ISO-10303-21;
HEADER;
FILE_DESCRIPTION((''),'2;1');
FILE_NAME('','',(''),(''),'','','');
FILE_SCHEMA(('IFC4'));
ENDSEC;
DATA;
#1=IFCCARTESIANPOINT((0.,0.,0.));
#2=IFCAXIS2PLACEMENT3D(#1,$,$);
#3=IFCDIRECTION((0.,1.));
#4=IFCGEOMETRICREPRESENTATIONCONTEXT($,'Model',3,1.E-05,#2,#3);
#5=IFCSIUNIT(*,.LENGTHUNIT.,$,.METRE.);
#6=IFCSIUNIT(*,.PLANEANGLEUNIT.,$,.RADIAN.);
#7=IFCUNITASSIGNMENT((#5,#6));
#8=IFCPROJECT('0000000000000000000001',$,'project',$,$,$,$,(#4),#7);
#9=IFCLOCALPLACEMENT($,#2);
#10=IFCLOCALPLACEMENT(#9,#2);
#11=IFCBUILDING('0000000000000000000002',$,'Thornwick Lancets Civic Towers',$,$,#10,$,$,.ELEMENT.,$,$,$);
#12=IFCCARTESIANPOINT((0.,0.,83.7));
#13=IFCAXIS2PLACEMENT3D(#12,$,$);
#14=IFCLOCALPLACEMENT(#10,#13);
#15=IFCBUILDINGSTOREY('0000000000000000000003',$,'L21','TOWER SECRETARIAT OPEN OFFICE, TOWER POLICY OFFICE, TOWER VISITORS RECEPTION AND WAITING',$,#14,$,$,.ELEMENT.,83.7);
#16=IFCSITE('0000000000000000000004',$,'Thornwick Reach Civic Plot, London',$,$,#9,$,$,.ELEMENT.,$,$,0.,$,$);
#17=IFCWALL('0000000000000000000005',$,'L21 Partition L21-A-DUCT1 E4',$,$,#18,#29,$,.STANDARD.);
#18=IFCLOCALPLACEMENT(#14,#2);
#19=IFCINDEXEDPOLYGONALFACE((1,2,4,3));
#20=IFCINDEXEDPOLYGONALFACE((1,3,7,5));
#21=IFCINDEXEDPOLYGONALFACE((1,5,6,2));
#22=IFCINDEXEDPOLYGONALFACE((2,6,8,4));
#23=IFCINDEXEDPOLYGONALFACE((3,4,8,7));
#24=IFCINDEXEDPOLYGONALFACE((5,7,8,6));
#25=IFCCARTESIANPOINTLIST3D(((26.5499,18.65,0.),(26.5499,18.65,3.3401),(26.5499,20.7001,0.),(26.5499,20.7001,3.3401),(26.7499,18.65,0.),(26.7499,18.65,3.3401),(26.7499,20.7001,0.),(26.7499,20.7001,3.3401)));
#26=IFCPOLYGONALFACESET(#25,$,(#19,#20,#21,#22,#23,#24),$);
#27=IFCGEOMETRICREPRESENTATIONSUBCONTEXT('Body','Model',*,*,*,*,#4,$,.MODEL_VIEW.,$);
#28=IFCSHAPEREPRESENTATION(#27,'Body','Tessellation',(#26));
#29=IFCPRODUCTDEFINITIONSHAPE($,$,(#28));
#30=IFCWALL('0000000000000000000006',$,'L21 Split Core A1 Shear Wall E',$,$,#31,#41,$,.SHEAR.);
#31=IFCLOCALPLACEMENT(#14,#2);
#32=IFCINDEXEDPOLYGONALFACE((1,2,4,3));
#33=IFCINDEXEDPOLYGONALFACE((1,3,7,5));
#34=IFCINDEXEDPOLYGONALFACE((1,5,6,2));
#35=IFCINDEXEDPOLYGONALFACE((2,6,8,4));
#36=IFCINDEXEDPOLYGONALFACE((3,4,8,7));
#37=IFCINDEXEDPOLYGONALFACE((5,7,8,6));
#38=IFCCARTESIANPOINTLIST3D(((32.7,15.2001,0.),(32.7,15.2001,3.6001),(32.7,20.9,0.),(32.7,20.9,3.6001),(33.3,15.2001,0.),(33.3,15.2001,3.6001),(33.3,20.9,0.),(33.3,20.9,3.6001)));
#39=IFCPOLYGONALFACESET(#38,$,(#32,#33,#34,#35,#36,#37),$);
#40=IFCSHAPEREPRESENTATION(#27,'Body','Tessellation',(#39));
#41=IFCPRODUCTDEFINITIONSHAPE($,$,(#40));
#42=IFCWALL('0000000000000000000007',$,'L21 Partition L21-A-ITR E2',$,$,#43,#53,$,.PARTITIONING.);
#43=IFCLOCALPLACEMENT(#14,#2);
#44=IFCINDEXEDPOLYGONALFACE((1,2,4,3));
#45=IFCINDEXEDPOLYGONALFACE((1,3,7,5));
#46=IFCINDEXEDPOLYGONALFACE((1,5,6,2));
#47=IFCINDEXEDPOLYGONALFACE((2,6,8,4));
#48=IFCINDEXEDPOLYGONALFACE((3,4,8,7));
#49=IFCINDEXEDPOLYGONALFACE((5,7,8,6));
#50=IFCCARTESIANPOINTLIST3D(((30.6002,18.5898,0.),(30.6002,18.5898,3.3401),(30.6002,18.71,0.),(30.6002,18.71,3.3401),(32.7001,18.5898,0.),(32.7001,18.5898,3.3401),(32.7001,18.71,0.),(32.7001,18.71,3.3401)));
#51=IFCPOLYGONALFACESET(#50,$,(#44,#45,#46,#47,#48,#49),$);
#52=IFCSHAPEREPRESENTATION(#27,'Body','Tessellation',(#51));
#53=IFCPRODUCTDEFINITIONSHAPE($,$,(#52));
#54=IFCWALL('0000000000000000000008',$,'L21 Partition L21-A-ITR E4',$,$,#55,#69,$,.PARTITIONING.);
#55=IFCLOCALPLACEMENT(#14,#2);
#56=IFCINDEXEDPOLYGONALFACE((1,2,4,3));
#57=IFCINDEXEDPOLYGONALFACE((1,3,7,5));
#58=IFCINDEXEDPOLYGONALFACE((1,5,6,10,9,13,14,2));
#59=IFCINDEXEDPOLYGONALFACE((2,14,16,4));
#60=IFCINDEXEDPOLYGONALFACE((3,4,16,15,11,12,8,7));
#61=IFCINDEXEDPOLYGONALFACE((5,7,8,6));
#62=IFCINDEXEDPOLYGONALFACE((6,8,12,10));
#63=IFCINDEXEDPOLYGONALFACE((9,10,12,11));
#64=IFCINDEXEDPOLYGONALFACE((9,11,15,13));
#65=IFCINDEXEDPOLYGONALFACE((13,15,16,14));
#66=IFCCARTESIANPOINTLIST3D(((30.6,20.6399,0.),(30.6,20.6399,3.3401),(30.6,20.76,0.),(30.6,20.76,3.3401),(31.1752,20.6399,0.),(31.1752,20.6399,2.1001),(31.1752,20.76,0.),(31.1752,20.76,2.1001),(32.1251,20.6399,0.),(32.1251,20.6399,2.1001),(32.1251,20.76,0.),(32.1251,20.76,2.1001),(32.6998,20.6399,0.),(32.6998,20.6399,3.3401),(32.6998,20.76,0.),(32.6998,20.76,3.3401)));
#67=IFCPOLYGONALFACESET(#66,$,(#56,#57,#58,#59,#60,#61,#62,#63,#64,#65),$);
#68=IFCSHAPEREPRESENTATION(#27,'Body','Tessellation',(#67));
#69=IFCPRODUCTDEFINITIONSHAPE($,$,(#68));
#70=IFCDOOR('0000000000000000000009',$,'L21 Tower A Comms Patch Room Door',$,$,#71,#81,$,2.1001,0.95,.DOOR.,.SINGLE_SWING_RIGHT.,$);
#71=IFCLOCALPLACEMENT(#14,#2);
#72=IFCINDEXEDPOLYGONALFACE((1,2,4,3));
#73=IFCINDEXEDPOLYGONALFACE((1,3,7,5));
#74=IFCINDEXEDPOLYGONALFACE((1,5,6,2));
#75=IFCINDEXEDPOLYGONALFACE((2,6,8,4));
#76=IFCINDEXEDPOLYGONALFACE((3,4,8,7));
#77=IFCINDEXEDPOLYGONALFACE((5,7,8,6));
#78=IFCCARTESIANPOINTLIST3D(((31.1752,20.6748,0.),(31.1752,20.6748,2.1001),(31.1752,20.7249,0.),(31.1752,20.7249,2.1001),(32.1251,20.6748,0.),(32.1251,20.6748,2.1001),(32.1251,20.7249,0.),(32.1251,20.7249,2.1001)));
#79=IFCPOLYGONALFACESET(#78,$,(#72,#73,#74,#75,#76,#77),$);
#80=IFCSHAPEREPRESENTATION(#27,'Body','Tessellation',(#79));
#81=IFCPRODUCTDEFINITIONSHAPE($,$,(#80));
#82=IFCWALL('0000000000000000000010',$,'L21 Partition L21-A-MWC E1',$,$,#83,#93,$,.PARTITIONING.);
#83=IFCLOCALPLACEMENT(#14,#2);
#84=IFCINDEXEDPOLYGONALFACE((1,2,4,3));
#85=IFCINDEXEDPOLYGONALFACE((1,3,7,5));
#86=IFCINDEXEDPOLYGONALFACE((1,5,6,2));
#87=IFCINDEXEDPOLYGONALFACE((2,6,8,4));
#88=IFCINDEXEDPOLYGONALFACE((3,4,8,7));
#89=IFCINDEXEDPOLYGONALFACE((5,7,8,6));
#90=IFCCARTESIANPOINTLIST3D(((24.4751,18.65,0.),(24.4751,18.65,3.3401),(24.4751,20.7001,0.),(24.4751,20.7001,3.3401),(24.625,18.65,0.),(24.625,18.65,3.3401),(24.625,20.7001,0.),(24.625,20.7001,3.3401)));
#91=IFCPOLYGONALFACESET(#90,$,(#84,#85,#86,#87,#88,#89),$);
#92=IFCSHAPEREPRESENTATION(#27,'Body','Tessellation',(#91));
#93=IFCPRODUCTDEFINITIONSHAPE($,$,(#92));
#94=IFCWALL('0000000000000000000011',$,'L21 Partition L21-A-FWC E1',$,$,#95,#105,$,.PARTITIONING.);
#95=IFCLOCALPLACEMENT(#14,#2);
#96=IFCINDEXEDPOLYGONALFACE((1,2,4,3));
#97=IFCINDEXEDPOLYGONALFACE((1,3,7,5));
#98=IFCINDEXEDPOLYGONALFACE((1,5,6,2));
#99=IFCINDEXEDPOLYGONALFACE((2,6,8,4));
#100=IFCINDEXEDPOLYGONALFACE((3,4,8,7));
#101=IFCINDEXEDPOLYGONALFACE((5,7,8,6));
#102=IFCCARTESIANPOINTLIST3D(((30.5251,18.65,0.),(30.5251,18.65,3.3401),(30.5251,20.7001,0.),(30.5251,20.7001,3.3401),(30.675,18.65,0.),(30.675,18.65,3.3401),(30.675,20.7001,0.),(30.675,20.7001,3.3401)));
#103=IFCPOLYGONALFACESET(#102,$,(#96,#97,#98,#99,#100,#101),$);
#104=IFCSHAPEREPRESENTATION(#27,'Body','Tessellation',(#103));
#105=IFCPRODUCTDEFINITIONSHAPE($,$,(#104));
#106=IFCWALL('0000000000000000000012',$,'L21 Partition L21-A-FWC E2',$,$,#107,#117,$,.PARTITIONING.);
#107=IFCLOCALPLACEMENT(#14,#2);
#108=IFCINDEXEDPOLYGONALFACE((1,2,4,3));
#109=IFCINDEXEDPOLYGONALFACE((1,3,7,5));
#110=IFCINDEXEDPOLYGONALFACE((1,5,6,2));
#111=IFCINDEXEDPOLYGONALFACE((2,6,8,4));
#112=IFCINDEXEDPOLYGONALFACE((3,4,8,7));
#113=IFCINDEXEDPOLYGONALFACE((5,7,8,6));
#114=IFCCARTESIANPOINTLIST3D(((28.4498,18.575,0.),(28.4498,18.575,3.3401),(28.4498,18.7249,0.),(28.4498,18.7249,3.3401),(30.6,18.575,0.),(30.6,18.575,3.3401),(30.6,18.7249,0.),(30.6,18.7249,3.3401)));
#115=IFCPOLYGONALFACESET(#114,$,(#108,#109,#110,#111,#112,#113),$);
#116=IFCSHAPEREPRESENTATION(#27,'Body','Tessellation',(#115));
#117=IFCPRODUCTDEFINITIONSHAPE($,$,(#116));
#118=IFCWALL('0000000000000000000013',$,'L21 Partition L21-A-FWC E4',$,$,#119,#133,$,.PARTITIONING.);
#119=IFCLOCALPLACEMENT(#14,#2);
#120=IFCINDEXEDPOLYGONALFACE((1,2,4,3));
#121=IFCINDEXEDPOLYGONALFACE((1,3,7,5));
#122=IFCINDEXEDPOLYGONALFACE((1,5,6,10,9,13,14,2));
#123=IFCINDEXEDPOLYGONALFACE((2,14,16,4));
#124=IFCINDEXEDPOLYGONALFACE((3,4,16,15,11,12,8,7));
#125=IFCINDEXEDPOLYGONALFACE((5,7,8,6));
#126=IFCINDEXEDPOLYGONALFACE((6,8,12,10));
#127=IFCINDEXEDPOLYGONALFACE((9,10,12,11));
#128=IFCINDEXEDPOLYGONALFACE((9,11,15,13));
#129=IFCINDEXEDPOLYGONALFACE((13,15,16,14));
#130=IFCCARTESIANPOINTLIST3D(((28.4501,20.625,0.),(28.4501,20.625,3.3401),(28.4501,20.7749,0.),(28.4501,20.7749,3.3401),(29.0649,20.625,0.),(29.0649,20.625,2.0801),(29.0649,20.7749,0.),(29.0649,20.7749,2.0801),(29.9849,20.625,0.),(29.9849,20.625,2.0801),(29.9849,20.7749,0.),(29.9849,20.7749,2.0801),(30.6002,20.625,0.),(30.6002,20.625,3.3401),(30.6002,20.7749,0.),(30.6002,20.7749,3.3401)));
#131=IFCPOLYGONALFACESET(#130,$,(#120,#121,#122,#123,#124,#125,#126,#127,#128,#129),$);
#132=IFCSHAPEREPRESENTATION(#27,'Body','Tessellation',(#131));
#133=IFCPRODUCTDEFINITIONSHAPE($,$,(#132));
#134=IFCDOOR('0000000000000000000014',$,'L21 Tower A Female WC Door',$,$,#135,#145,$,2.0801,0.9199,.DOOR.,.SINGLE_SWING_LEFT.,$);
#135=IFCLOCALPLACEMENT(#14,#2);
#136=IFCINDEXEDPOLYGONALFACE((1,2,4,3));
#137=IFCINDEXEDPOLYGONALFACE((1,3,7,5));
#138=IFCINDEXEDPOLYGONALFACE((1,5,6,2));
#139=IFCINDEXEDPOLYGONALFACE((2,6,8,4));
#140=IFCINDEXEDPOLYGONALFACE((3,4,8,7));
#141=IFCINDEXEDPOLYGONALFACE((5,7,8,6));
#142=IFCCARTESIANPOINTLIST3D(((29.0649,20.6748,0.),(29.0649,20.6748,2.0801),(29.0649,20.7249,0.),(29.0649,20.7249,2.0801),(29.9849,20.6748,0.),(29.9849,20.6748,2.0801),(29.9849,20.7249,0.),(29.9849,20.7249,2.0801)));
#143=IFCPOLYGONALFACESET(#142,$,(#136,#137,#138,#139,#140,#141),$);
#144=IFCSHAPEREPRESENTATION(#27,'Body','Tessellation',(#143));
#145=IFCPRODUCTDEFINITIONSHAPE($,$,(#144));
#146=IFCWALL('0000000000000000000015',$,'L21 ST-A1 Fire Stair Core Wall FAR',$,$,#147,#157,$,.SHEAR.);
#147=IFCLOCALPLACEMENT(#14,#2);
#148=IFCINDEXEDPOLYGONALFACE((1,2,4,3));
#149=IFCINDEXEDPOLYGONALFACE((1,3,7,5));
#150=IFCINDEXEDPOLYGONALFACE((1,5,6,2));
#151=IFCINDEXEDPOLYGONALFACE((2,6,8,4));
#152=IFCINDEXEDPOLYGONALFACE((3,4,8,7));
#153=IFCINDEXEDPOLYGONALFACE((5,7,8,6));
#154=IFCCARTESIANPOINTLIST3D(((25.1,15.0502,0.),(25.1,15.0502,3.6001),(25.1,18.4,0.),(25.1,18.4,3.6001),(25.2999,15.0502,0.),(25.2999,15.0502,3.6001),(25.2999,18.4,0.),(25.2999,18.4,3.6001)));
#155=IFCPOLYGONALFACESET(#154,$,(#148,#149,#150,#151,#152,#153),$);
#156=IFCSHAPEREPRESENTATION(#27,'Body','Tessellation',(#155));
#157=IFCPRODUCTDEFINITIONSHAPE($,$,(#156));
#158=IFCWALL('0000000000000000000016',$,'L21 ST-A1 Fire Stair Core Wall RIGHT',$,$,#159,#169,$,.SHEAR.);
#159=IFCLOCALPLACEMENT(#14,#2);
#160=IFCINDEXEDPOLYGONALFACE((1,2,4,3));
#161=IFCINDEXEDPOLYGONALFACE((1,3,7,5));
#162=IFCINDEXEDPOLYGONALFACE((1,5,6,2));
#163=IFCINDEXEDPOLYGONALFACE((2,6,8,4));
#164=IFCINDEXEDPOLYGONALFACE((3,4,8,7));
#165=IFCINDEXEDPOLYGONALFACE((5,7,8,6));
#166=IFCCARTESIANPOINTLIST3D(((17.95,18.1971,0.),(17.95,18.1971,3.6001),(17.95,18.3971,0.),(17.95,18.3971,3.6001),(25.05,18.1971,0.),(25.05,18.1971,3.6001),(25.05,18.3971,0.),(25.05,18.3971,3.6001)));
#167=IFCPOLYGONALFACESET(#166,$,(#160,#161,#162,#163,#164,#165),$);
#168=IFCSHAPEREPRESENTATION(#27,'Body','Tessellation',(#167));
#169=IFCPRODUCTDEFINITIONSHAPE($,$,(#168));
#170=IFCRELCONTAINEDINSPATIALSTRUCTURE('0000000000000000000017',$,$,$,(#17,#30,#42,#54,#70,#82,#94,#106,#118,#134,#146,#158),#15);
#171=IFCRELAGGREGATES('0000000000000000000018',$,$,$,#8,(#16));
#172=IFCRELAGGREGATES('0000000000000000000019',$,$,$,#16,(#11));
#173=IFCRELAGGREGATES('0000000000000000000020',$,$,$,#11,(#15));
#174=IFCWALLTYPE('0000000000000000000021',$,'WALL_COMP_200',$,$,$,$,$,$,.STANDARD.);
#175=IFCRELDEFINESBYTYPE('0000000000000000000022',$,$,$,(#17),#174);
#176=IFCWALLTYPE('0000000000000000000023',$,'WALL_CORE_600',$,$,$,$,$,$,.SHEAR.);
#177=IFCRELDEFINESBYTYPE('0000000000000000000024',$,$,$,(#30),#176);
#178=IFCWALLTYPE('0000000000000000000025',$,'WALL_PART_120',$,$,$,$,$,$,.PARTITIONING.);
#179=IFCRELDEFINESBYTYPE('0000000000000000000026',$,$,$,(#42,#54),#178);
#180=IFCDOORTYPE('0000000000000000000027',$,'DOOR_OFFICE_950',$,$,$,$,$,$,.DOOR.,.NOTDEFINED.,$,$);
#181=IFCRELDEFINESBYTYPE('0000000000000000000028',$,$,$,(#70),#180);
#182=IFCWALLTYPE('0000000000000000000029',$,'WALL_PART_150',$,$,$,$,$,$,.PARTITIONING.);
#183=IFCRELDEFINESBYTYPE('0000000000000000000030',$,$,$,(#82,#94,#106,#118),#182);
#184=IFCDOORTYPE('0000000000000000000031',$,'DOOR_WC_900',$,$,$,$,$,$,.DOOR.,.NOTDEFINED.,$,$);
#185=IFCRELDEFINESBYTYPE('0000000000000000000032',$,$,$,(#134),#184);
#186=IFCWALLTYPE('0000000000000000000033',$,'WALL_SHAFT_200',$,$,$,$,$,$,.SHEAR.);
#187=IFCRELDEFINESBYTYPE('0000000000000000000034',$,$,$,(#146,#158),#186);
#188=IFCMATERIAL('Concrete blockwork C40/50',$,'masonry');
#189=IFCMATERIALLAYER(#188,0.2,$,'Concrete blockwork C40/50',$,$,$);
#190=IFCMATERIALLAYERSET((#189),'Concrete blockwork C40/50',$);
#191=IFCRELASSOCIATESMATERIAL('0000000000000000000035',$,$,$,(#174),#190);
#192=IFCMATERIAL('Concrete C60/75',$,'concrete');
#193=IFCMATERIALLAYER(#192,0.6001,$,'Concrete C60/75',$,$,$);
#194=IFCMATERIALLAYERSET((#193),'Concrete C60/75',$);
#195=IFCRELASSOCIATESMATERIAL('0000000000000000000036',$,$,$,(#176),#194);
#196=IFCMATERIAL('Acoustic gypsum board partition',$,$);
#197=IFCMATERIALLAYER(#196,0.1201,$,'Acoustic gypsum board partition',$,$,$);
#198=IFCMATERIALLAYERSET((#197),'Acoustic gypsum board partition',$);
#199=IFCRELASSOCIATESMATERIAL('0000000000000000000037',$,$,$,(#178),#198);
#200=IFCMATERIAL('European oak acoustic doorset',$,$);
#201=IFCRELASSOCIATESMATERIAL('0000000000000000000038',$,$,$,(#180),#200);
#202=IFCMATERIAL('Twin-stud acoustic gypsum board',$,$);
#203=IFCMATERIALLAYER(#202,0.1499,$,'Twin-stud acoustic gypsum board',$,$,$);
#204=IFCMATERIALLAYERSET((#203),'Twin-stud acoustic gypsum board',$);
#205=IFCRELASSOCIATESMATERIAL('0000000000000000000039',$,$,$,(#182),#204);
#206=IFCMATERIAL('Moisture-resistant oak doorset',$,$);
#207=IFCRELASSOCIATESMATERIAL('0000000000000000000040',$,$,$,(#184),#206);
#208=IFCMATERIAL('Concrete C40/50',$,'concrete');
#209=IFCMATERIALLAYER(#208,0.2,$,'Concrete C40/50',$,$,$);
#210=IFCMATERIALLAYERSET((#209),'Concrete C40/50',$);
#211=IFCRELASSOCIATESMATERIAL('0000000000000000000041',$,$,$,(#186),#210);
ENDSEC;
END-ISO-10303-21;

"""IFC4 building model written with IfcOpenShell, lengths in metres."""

from ifc_helpers import new_model, si_unit, direction, frame, frame_2d, origin, place, context, subcontext, project, spatial, rectangle, extrude, material, layer, layer_set, type_object, element, fill, save


model = new_model("IFC4")

# Units and contexts
model_context = context("Model", 3, precision=1e-05, world=origin(), true_north=direction((0.0, 1.0)))
body_context = subcontext(model_context, "Body", "Model", "MODEL_VIEW")
ifc_project = project(units=[si_unit("LENGTHUNIT", "METRE"), si_unit("PLANEANGLEUNIT", "RADIAN")], contexts=[model_context])

# Site, building, storey
site_placement = place(None, origin())
site = spatial("IfcSite", under=ifc_project, at=site_placement, Name="Thornwick Reach Civic Plot, London", CompositionType="ELEMENT", RefElevation=0.0)
building_placement = place(site_placement, origin())
building = spatial("IfcBuilding", under=site, at=building_placement, Name="Thornwick Lancets Civic Towers", CompositionType="ELEMENT")
storey_placement = place(building_placement, frame((0.0, 0.0, 83.7)))
storey = spatial("IfcBuildingStorey", under=building, at=storey_placement, Name="L21", Description="TOWER SECRETARIAT OPEN OFFICE, TOWER POLICY OFFICE, TOWER VISITORS RECEPTION AND WAITING", CompositionType="ELEMENT", Elevation=83.7)

# Shared definitions
ifc_material_1 = material(Name="Concrete C60/75", Category="concrete")

# Shared definitions
ifc_material_2 = material(Name="Concrete blockwork C40/50", Category="masonry")
ifc_layer_1 = layer(ifc_material_2, 0.2, Name="Concrete blockwork C40/50")
ifc_layer_set_1 = layer_set([ifc_layer_1], Name="Concrete blockwork C40/50")
wall_type_1 = type_object("IfcWallType", Name="WALL_COMP_200", PredefinedType="STANDARD", material=ifc_layer_set_1)

# Walls
wall_1_placement = place(storey_placement, frame((26.6499, 20.7, 0.0), z_axis=(0.0, 0.0, 1.0), x_axis=(0.0, -1.0, 0.0)))
element("IfcWall", 1, at=wall_1_placement, inside=storey, type_object=wall_type_1, Name="L21 Partition L21-A-DUCT1 E4", PredefinedType="STANDARD", context=body_context, shape_type="SweptSolid", body=[
    extrude(rectangle(XDim=2.05, YDim=0.2, at=frame_2d((1.0249, 0.0))), origin(), (0.0, 0.0, 1.0), 3.3401),
])
ifc_layer_2 = layer(ifc_material_1, 0.6001, Name="Concrete C60/75")
ifc_layer_set_2 = layer_set([ifc_layer_2], Name="Concrete C60/75")
wall_type_2 = type_object("IfcWallType", Name="WALL_CORE_600", PredefinedType="SHEAR", material=ifc_layer_set_2)
wall_2_placement = place(storey_placement, frame((33.0, 15.2, 0.0), z_axis=(0.0, 0.0, 1.0), x_axis=(0.0, 1.0, 0.0)))
element("IfcWall", 2, at=wall_2_placement, inside=storey, type_object=wall_type_2, Name="L21 Split Core A1 Shear Wall E", PredefinedType="SHEAR", context=body_context, shape_type="SweptSolid", body=[
    extrude(rectangle(XDim=5.7, YDim=0.6001, at=frame_2d((2.8501, 0.0))), origin(), (0.0, 0.0, 1.0), 3.6001),
])
ifc_material_3 = material(Name="Acoustic gypsum board partition")
ifc_layer_3 = layer(ifc_material_3, 0.1201, Name="Acoustic gypsum board partition")
ifc_layer_set_3 = layer_set([ifc_layer_3], Name="Acoustic gypsum board partition")
wall_type_3 = type_object("IfcWallType", Name="WALL_PART_120", PredefinedType="PARTITIONING", material=ifc_layer_set_3)
wall_3_placement = place(storey_placement, frame((32.7, 18.6499, 0.0), z_axis=(0.0, 0.0, 1.0), x_axis=(-1.0, 0.0, 0.0)))
element("IfcWall", 3, at=wall_3_placement, inside=storey, type_object=wall_type_3, Name="L21 Partition L21-A-ITR E2", PredefinedType="PARTITIONING", context=body_context, shape_type="SweptSolid", body=[
    extrude(rectangle(XDim=2.0999, YDim=0.1201, at=frame_2d((1.0498, 0.0))), origin(), (0.0, 0.0, 1.0), 3.3401),
])

# Wall, opening, door
wall_4_placement = place(storey_placement, frame((30.6001, 20.7, 0.0), z_axis=(0.0, 0.0, 1.0), x_axis=(1.0, 0.0, 0.0)))
wall_4 = element("IfcWall", 4, at=wall_4_placement, inside=storey, type_object=wall_type_3, Name="L21 Partition L21-A-ITR E4", PredefinedType="PARTITIONING", context=body_context, shape_type="SweptSolid", body=[
    extrude(rectangle(XDim=2.0999, YDim=0.1201, at=frame_2d((1.0498, 0.0))), origin(), (0.0, 0.0, 1.0), 3.3401),
])
opening_1_placement = place(wall_4_placement, frame((0.575, 0.0, 0.0)))
opening_1 = element("IfcOpeningElement", 5, at=opening_1_placement, cuts=wall_4, PredefinedType="OPENING", context=body_context, shape_type="SweptSolid", body=[
    extrude(rectangle(XDim=0.95, YDim=2.1001, at=frame_2d((0.4751, 1.05))), frame((0.0, 0.0701, 0.0), z_axis=(0.0, -1.0, 0.0), x_axis=(1.0, 0.0, 0.0)), (0.0, 0.0, 1.0), 0.1401),
])
ifc_material_4 = material(Name="European oak acoustic doorset")
door_type_1 = type_object("IfcDoorType", Name="DOOR_OFFICE_950", OperationType="NOTDEFINED", PredefinedType="DOOR", material=ifc_material_4)
door_1_placement = place(opening_1_placement, origin())
door_1 = element("IfcDoor", 6, at=door_1_placement, inside=storey, type_object=door_type_1, Name="L21 Tower A Comms Patch Room Door", OperationType="SINGLE_SWING_RIGHT", OverallHeight=2.1001, OverallWidth=0.95, PredefinedType="DOOR", context=body_context, shape_type="SweptSolid", body=[
    extrude(rectangle(XDim=0.95, YDim=2.1001, at=frame_2d((0.4751, 1.05))), frame((0.0, 0.0249, 0.0), z_axis=(0.0, -1.0, 0.0), x_axis=(1.0, 0.0, 0.0)), (0.0, 0.0, 1.0), 0.05),
])
fill(opening_1, door_1)

# Walls
ifc_material_5 = material(Name="Twin-stud acoustic gypsum board")
ifc_layer_4 = layer(ifc_material_5, 0.1499, Name="Twin-stud acoustic gypsum board")
ifc_layer_set_4 = layer_set([ifc_layer_4], Name="Twin-stud acoustic gypsum board")
wall_type_4 = type_object("IfcWallType", Name="WALL_PART_150", PredefinedType="PARTITIONING", material=ifc_layer_set_4)
for number, where, z_axis, x_axis, name in (
    (7, (24.55, 20.7, 0.0), (0.0, 0.0, 1.0), (0.0, -1.0, 0.0), "L21 Partition L21-A-MWC E1"),
    (8, (30.6001, 20.7, 0.0), (0.0, 0.0, 1.0), (0.0, -1.0, 0.0), "L21 Partition L21-A-FWC E1"),
):
    element("IfcWall", number, at=place(storey_placement, frame(where, z_axis=z_axis, x_axis=x_axis)), inside=storey, type_object=wall_type_4, Name=name, PredefinedType="PARTITIONING", context=body_context, shape_type="SweptSolid", body=[
        extrude(rectangle(XDim=2.05, YDim=0.1499, at=frame_2d((1.0249, 0.0))), origin(), (0.0, 0.0, 1.0), 3.3401),
    ])
wall_5_placement = place(storey_placement, frame((30.6001, 18.6499, 0.0), z_axis=(0.0, 0.0, 1.0), x_axis=(-1.0, 0.0, 0.0)))
element("IfcWall", 9, at=wall_5_placement, inside=storey, type_object=wall_type_4, Name="L21 Partition L21-A-FWC E2", PredefinedType="PARTITIONING", context=body_context, shape_type="SweptSolid", body=[
    extrude(rectangle(XDim=2.1501, YDim=0.1499, at=frame_2d((1.0752, 0.0))), origin(), (0.0, 0.0, 1.0), 3.3401),
])

# Wall, opening, door
wall_6_placement = place(storey_placement, frame((28.45, 20.7, 0.0), z_axis=(0.0, 0.0, 1.0), x_axis=(1.0, 0.0, 0.0)))
wall_6 = element("IfcWall", 10, at=wall_6_placement, inside=storey, type_object=wall_type_4, Name="L21 Partition L21-A-FWC E4", PredefinedType="PARTITIONING", context=body_context, shape_type="SweptSolid", body=[
    extrude(rectangle(XDim=2.1501, YDim=0.1499, at=frame_2d((1.0752, 0.0))), origin(), (0.0, 0.0, 1.0), 3.3401),
])
opening_2_placement = place(wall_6_placement, frame((0.615, 0.0, 0.0)))
opening_2 = element("IfcOpeningElement", 11, at=opening_2_placement, cuts=wall_6, PredefinedType="OPENING", context=body_context, shape_type="SweptSolid", body=[
    extrude(rectangle(XDim=0.9199, YDim=2.0801, at=frame_2d((0.46, 1.04))), frame((0.0, 0.085, 0.0), z_axis=(0.0, -1.0, 0.0), x_axis=(1.0, 0.0, 0.0)), (0.0, 0.0, 1.0), 0.1699),
])
ifc_material_6 = material(Name="Moisture-resistant oak doorset")
door_type_2 = type_object("IfcDoorType", Name="DOOR_WC_900", OperationType="NOTDEFINED", PredefinedType="DOOR", material=ifc_material_6)
door_2_placement = place(opening_2_placement, origin())
door_2 = element("IfcDoor", 12, at=door_2_placement, inside=storey, type_object=door_type_2, Name="L21 Tower A Female WC Door", OperationType="SINGLE_SWING_LEFT", OverallHeight=2.0801, OverallWidth=0.9199, PredefinedType="DOOR", context=body_context, shape_type="SweptSolid", body=[
    extrude(rectangle(XDim=0.9199, YDim=2.0801, at=frame_2d((0.46, 1.04))), frame((0.0, 0.0249, 0.0), z_axis=(0.0, -1.0, 0.0), x_axis=(1.0, 0.0, 0.0)), (0.0, 0.0, 1.0), 0.05),
])
fill(opening_2, door_2)

# Walls
ifc_material_7 = material(Name="Concrete C40/50", Category="concrete")
ifc_layer_5 = layer(ifc_material_7, 0.2, Name="Concrete C40/50")
ifc_layer_set_5 = layer_set([ifc_layer_5], Name="Concrete C40/50")
wall_type_5 = type_object("IfcWallType", Name="WALL_SHAFT_200", PredefinedType="SHEAR", material=ifc_layer_set_5)
wall_7_placement = place(storey_placement, frame((25.2, 18.3999, 0.0), z_axis=(0.0, 0.0, 1.0), x_axis=(0.0, -1.0, 0.0)))
element("IfcWall", 13, at=wall_7_placement, inside=storey, type_object=wall_type_5, Name="L21 ST-A1 Fire Stair Core Wall FAR", PredefinedType="SHEAR", context=body_context, shape_type="SweptSolid", body=[
    extrude(rectangle(XDim=3.3499, YDim=0.2, at=frame_2d((1.6748, 0.0))), origin(), (0.0, 0.0, 1.0), 3.6001),
])
wall_8_placement = place(storey_placement, frame((25.05, 18.2971, 0.0), z_axis=(0.0, 0.0, 1.0), x_axis=(-1.0, 0.0, 0.0)))
element("IfcWall", 14, at=wall_8_placement, inside=storey, type_object=wall_type_5, Name="L21 ST-A1 Fire Stair Core Wall RIGHT", PredefinedType="SHEAR", context=body_context, shape_type="SweptSolid", body=[
    extrude(rectangle(XDim=7.1001, YDim=0.2, at=frame_2d((3.55, 0.0))), origin(), (0.0, 0.0, 1.0), 3.6001),
])

save(model, "model.ifc")
